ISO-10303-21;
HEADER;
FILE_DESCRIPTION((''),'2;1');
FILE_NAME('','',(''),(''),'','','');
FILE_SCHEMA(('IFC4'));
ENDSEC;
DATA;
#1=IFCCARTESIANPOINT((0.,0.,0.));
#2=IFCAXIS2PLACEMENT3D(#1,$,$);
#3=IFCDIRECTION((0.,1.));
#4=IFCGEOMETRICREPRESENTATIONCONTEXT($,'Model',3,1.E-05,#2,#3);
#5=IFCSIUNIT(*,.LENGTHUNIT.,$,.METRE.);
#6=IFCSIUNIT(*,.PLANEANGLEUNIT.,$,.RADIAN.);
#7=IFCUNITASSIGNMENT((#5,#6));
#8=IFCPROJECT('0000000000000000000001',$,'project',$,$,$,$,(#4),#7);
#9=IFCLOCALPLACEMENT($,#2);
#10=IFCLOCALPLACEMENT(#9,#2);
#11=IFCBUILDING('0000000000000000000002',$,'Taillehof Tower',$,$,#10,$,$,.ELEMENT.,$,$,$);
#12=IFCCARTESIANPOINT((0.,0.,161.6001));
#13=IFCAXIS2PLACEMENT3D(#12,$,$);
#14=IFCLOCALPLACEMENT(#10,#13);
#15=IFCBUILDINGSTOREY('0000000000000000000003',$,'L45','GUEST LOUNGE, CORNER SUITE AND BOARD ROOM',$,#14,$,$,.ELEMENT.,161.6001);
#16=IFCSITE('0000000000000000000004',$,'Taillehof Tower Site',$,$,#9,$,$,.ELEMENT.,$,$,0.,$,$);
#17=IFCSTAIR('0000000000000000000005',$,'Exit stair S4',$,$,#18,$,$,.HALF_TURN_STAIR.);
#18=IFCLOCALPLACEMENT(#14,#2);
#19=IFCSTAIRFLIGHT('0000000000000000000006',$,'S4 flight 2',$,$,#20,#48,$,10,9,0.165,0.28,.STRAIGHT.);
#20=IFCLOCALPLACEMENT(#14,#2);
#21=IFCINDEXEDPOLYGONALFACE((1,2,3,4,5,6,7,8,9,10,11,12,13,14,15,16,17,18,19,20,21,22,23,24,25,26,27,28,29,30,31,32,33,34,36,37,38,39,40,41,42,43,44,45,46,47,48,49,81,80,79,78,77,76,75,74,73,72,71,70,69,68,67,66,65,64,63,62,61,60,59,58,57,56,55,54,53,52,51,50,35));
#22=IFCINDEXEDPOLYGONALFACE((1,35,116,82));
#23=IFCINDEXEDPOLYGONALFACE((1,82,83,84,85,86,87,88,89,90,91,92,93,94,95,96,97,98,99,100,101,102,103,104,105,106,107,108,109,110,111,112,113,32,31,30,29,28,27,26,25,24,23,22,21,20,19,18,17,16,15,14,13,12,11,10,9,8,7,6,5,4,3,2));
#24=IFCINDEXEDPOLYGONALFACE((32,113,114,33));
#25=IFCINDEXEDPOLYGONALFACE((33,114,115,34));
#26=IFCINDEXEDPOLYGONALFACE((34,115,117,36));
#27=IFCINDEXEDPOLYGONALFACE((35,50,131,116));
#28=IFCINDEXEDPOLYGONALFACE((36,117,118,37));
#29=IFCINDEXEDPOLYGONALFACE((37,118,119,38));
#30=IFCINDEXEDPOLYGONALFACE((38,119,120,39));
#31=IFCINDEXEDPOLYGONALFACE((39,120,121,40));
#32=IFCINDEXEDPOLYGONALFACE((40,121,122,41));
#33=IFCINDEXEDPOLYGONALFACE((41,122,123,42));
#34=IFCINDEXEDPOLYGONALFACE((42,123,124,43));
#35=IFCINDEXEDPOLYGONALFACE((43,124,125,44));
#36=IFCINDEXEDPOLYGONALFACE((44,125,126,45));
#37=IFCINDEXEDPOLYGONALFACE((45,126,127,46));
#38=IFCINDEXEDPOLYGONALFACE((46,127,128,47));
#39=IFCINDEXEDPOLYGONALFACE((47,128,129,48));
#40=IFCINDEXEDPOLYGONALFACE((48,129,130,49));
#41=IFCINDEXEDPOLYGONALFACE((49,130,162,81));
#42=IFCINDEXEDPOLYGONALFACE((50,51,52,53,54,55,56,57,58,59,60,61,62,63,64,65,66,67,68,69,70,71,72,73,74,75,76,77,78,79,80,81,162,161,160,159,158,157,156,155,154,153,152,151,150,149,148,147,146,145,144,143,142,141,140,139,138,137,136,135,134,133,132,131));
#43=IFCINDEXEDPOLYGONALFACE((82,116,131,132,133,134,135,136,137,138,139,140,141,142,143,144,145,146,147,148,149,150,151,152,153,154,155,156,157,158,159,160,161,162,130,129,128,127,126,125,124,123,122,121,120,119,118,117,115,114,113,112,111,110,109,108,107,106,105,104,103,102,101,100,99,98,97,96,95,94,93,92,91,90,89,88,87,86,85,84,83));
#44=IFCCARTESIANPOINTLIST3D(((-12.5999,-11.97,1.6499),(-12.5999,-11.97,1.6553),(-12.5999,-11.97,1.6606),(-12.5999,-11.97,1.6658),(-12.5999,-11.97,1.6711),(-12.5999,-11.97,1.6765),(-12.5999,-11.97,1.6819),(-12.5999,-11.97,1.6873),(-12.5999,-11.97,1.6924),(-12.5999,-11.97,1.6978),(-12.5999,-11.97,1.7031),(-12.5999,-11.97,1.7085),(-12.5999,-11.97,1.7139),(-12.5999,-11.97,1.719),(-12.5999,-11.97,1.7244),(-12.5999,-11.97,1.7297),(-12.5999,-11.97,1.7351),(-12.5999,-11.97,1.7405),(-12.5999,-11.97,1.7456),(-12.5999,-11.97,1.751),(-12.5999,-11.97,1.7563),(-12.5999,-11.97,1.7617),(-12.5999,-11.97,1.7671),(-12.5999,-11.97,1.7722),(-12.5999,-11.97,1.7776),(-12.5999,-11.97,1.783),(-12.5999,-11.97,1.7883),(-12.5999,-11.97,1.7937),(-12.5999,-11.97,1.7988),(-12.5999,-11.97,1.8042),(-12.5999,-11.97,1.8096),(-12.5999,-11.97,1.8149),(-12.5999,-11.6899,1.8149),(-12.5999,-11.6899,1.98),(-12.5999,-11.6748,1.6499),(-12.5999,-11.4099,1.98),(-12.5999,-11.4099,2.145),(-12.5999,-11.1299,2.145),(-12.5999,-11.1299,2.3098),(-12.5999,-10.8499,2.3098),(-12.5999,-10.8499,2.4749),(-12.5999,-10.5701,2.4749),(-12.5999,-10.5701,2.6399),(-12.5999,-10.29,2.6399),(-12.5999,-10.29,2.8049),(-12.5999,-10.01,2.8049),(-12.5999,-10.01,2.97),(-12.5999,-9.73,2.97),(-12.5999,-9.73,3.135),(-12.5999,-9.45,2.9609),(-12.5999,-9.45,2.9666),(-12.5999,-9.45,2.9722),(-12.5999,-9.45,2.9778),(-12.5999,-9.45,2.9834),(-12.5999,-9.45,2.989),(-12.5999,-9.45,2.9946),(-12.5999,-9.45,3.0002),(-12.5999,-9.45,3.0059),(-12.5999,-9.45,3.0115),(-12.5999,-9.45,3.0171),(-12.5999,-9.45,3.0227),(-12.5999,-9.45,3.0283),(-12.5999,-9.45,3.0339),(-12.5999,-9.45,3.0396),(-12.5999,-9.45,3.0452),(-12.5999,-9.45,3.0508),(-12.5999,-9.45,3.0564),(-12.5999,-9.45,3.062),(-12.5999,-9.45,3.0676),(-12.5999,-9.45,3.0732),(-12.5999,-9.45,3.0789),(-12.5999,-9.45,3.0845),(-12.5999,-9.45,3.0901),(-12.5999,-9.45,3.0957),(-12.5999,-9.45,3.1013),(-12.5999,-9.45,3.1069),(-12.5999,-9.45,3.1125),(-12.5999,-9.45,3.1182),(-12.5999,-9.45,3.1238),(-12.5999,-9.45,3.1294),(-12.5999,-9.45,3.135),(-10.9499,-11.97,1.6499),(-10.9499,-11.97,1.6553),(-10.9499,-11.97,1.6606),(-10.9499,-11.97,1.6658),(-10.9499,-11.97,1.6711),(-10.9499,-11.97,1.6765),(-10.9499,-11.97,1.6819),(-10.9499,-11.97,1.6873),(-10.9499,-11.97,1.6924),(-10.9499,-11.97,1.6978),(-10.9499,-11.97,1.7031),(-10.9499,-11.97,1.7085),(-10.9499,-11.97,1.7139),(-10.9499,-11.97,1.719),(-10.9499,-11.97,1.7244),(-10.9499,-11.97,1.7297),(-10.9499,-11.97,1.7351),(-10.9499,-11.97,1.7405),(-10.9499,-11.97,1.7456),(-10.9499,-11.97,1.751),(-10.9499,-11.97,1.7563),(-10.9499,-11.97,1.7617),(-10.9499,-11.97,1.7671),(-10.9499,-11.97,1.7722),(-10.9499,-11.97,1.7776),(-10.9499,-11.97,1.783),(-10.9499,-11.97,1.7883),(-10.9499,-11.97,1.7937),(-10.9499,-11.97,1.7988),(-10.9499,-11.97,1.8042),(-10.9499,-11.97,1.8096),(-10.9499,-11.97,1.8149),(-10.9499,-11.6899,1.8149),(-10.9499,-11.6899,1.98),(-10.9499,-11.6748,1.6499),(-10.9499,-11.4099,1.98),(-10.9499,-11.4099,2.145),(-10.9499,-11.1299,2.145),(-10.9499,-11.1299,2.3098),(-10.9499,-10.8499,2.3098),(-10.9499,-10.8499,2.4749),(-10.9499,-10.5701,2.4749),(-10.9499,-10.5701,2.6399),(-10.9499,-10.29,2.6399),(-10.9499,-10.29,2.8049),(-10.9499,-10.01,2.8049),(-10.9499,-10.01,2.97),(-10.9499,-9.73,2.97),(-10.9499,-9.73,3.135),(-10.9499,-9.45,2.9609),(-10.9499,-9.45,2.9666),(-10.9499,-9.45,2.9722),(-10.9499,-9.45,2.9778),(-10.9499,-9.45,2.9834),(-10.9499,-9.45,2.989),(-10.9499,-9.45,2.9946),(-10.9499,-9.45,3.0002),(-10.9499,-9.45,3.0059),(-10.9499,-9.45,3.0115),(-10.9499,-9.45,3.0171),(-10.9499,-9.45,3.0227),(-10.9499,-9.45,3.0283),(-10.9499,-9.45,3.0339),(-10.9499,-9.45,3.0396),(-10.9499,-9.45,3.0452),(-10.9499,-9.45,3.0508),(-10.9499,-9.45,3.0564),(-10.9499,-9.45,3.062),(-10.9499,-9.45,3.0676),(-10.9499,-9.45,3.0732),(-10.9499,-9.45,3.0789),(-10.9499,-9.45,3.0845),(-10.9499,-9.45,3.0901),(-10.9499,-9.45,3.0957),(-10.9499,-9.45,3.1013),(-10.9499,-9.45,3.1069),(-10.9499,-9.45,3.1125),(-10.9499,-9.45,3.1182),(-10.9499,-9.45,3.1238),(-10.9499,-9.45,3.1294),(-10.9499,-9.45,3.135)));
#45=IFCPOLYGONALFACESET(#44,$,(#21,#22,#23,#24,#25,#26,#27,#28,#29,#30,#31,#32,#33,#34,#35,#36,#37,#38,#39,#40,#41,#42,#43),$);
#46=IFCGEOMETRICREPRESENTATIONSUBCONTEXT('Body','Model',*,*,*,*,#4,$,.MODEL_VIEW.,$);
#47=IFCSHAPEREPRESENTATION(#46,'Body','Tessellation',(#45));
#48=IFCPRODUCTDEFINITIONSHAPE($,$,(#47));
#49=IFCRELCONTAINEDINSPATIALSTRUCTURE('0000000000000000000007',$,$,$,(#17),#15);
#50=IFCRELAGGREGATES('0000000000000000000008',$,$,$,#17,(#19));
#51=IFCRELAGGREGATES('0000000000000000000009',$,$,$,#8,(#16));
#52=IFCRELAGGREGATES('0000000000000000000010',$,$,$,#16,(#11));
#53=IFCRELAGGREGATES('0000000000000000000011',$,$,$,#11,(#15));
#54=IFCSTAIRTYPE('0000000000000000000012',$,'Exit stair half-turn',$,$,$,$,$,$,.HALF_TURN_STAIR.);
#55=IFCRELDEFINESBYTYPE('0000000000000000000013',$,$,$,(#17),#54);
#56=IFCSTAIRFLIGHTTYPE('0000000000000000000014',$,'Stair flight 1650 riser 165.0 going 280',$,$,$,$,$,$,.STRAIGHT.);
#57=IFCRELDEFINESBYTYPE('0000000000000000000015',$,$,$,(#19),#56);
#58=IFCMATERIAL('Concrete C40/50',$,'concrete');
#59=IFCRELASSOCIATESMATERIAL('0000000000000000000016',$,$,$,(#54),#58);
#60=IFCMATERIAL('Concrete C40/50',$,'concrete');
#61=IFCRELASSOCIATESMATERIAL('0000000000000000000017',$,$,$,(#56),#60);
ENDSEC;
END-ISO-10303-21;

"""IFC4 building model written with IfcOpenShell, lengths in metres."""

from ifc_helpers import new_model, si_unit, direction, frame, origin, place, context, subcontext, project, spatial, polyline, outline, extrude, material, type_object, element, aggregate, save


model = new_model("IFC4")

# Units and contexts
model_context = context("Model", 3, precision=1e-05, world=origin(), true_north=direction((0.0, 1.0)))
body_context = subcontext(model_context, "Body", "Model", "MODEL_VIEW")
ifc_project = project(units=[si_unit("LENGTHUNIT", "METRE"), si_unit("PLANEANGLEUNIT", "RADIAN")], contexts=[model_context])

# Site, building, storey
site_placement = place(None, origin())
site = spatial("IfcSite", under=ifc_project, at=site_placement, Name="Taillehof Tower Site", CompositionType="ELEMENT", RefElevation=0.0)
building_placement = place(site_placement, origin())
building = spatial("IfcBuilding", under=site, at=building_placement, Name="Taillehof Tower", CompositionType="ELEMENT")
storey_placement = place(building_placement, frame((0.0, 0.0, 161.6001)))
storey = spatial("IfcBuildingStorey", under=building, at=storey_placement, Name="L45", Description="GUEST LOUNGE, CORNER SUITE AND BOARD ROOM", CompositionType="ELEMENT", Elevation=161.6001)

# Stair, stair flight
ifc_material_1 = material(Name="Concrete C40/50", Category="concrete")
stair_type = type_object("IfcStairType", Name="Exit stair half-turn", PredefinedType="HALF_TURN_STAIR", material=ifc_material_1)
stair_placement = place(storey_placement, origin())
stair = element("IfcStair", 1, at=stair_placement, inside=storey, type_object=stair_type, Name="Exit stair S4", PredefinedType="HALF_TURN_STAIR")
ifc_material_2 = material(Name="Concrete C40/50", Category="concrete")
stair_flight_type = type_object("IfcStairFlightType", Name="Stair flight 1650 riser 165.0 going 280", PredefinedType="STRAIGHT", material=ifc_material_2)
stair_flight_placement = place(storey_placement, frame((-11.7749, -11.97, 1.6499), z_axis=(0.0, 0.0, 1.0), x_axis=(0.0, 1.0, 0.0)))
stair_flight = element("IfcStairFlight", 2, at=stair_flight_placement, type_object=stair_flight_type, Name="S4 flight 2", NumberOfRisers=10, NumberOfTreads=9, PredefinedType="STRAIGHT", RiserHeight=0.165, TreadLength=0.28, context=body_context, shape_type="SweptSolid", body=[
    extrude(outline(polyline([(0.0, 0.0), (0.0, 0.0054), (0.0, 0.0107), (0.0, 0.0159), (0.0, 0.0212), (0.0, 0.0266), (0.0, 0.032), (0.0, 0.0374), (0.0, 0.0425), (0.0, 0.0479), (0.0, 0.0532), (0.0, 0.0586), (0.0, 0.064), (0.0, 0.0691), (0.0, 0.0745), (0.0, 0.0798), (0.0, 0.0852), (0.0, 0.0906), (0.0, 0.0957), (0.0, 0.1011), (0.0, 0.1064), (0.0, 0.1118), (0.0, 0.1172), (0.0, 0.1223), (0.0, 0.1277), (0.0, 0.1331), (0.0, 0.1384), (0.0, 0.1438), (0.0, 0.1489), (0.0, 0.1543), (0.0, 0.1597), (0.0, 0.165), (0.28, 0.165), (0.28, 0.3301), (0.5601, 0.3301), (0.5601, 0.4951), (0.8401, 0.4951), (0.8401, 0.6599), (1.1201, 0.6599), (1.1201, 0.825), (1.3999, 0.825), (1.3999, 0.99), (1.6799, 0.99), (1.6799, 1.155), (1.96, 1.155), (1.96, 1.3201), (2.24, 1.3201), (2.24, 1.4851), (2.52, 1.4851), (2.52, 1.4795), (2.52, 1.4739), (2.52, 1.4683), (2.52, 1.4626), (2.52, 1.457), (2.52, 1.4514), (2.52, 1.4458), (2.52, 1.4402), (2.52, 1.4346), (2.52, 1.429), (2.52, 1.4233), (2.52, 1.4177), (2.52, 1.4121), (2.52, 1.4065), (2.52, 1.4009), (2.52, 1.3953), (2.52, 1.3896), (2.52, 1.384), (2.52, 1.3784), (2.52, 1.3728), (2.52, 1.3672), (2.52, 1.3616), (2.52, 1.356), (2.52, 1.3503), (2.52, 1.3447), (2.52, 1.3391), (2.52, 1.3335), (2.52, 1.3279), (2.52, 1.3223), (2.52, 1.3167), (2.52, 1.311), (0.2952, 0.0), (0.0, 0.0)])), frame((0.0, 0.825, 0.0), z_axis=(0.0, -1.0, 0.0), x_axis=(1.0, 0.0, 0.0)), (0.0, 0.0, 1.0), 1.65),
])
aggregate(stair, [stair_flight])

save(model, "model.ifc")
